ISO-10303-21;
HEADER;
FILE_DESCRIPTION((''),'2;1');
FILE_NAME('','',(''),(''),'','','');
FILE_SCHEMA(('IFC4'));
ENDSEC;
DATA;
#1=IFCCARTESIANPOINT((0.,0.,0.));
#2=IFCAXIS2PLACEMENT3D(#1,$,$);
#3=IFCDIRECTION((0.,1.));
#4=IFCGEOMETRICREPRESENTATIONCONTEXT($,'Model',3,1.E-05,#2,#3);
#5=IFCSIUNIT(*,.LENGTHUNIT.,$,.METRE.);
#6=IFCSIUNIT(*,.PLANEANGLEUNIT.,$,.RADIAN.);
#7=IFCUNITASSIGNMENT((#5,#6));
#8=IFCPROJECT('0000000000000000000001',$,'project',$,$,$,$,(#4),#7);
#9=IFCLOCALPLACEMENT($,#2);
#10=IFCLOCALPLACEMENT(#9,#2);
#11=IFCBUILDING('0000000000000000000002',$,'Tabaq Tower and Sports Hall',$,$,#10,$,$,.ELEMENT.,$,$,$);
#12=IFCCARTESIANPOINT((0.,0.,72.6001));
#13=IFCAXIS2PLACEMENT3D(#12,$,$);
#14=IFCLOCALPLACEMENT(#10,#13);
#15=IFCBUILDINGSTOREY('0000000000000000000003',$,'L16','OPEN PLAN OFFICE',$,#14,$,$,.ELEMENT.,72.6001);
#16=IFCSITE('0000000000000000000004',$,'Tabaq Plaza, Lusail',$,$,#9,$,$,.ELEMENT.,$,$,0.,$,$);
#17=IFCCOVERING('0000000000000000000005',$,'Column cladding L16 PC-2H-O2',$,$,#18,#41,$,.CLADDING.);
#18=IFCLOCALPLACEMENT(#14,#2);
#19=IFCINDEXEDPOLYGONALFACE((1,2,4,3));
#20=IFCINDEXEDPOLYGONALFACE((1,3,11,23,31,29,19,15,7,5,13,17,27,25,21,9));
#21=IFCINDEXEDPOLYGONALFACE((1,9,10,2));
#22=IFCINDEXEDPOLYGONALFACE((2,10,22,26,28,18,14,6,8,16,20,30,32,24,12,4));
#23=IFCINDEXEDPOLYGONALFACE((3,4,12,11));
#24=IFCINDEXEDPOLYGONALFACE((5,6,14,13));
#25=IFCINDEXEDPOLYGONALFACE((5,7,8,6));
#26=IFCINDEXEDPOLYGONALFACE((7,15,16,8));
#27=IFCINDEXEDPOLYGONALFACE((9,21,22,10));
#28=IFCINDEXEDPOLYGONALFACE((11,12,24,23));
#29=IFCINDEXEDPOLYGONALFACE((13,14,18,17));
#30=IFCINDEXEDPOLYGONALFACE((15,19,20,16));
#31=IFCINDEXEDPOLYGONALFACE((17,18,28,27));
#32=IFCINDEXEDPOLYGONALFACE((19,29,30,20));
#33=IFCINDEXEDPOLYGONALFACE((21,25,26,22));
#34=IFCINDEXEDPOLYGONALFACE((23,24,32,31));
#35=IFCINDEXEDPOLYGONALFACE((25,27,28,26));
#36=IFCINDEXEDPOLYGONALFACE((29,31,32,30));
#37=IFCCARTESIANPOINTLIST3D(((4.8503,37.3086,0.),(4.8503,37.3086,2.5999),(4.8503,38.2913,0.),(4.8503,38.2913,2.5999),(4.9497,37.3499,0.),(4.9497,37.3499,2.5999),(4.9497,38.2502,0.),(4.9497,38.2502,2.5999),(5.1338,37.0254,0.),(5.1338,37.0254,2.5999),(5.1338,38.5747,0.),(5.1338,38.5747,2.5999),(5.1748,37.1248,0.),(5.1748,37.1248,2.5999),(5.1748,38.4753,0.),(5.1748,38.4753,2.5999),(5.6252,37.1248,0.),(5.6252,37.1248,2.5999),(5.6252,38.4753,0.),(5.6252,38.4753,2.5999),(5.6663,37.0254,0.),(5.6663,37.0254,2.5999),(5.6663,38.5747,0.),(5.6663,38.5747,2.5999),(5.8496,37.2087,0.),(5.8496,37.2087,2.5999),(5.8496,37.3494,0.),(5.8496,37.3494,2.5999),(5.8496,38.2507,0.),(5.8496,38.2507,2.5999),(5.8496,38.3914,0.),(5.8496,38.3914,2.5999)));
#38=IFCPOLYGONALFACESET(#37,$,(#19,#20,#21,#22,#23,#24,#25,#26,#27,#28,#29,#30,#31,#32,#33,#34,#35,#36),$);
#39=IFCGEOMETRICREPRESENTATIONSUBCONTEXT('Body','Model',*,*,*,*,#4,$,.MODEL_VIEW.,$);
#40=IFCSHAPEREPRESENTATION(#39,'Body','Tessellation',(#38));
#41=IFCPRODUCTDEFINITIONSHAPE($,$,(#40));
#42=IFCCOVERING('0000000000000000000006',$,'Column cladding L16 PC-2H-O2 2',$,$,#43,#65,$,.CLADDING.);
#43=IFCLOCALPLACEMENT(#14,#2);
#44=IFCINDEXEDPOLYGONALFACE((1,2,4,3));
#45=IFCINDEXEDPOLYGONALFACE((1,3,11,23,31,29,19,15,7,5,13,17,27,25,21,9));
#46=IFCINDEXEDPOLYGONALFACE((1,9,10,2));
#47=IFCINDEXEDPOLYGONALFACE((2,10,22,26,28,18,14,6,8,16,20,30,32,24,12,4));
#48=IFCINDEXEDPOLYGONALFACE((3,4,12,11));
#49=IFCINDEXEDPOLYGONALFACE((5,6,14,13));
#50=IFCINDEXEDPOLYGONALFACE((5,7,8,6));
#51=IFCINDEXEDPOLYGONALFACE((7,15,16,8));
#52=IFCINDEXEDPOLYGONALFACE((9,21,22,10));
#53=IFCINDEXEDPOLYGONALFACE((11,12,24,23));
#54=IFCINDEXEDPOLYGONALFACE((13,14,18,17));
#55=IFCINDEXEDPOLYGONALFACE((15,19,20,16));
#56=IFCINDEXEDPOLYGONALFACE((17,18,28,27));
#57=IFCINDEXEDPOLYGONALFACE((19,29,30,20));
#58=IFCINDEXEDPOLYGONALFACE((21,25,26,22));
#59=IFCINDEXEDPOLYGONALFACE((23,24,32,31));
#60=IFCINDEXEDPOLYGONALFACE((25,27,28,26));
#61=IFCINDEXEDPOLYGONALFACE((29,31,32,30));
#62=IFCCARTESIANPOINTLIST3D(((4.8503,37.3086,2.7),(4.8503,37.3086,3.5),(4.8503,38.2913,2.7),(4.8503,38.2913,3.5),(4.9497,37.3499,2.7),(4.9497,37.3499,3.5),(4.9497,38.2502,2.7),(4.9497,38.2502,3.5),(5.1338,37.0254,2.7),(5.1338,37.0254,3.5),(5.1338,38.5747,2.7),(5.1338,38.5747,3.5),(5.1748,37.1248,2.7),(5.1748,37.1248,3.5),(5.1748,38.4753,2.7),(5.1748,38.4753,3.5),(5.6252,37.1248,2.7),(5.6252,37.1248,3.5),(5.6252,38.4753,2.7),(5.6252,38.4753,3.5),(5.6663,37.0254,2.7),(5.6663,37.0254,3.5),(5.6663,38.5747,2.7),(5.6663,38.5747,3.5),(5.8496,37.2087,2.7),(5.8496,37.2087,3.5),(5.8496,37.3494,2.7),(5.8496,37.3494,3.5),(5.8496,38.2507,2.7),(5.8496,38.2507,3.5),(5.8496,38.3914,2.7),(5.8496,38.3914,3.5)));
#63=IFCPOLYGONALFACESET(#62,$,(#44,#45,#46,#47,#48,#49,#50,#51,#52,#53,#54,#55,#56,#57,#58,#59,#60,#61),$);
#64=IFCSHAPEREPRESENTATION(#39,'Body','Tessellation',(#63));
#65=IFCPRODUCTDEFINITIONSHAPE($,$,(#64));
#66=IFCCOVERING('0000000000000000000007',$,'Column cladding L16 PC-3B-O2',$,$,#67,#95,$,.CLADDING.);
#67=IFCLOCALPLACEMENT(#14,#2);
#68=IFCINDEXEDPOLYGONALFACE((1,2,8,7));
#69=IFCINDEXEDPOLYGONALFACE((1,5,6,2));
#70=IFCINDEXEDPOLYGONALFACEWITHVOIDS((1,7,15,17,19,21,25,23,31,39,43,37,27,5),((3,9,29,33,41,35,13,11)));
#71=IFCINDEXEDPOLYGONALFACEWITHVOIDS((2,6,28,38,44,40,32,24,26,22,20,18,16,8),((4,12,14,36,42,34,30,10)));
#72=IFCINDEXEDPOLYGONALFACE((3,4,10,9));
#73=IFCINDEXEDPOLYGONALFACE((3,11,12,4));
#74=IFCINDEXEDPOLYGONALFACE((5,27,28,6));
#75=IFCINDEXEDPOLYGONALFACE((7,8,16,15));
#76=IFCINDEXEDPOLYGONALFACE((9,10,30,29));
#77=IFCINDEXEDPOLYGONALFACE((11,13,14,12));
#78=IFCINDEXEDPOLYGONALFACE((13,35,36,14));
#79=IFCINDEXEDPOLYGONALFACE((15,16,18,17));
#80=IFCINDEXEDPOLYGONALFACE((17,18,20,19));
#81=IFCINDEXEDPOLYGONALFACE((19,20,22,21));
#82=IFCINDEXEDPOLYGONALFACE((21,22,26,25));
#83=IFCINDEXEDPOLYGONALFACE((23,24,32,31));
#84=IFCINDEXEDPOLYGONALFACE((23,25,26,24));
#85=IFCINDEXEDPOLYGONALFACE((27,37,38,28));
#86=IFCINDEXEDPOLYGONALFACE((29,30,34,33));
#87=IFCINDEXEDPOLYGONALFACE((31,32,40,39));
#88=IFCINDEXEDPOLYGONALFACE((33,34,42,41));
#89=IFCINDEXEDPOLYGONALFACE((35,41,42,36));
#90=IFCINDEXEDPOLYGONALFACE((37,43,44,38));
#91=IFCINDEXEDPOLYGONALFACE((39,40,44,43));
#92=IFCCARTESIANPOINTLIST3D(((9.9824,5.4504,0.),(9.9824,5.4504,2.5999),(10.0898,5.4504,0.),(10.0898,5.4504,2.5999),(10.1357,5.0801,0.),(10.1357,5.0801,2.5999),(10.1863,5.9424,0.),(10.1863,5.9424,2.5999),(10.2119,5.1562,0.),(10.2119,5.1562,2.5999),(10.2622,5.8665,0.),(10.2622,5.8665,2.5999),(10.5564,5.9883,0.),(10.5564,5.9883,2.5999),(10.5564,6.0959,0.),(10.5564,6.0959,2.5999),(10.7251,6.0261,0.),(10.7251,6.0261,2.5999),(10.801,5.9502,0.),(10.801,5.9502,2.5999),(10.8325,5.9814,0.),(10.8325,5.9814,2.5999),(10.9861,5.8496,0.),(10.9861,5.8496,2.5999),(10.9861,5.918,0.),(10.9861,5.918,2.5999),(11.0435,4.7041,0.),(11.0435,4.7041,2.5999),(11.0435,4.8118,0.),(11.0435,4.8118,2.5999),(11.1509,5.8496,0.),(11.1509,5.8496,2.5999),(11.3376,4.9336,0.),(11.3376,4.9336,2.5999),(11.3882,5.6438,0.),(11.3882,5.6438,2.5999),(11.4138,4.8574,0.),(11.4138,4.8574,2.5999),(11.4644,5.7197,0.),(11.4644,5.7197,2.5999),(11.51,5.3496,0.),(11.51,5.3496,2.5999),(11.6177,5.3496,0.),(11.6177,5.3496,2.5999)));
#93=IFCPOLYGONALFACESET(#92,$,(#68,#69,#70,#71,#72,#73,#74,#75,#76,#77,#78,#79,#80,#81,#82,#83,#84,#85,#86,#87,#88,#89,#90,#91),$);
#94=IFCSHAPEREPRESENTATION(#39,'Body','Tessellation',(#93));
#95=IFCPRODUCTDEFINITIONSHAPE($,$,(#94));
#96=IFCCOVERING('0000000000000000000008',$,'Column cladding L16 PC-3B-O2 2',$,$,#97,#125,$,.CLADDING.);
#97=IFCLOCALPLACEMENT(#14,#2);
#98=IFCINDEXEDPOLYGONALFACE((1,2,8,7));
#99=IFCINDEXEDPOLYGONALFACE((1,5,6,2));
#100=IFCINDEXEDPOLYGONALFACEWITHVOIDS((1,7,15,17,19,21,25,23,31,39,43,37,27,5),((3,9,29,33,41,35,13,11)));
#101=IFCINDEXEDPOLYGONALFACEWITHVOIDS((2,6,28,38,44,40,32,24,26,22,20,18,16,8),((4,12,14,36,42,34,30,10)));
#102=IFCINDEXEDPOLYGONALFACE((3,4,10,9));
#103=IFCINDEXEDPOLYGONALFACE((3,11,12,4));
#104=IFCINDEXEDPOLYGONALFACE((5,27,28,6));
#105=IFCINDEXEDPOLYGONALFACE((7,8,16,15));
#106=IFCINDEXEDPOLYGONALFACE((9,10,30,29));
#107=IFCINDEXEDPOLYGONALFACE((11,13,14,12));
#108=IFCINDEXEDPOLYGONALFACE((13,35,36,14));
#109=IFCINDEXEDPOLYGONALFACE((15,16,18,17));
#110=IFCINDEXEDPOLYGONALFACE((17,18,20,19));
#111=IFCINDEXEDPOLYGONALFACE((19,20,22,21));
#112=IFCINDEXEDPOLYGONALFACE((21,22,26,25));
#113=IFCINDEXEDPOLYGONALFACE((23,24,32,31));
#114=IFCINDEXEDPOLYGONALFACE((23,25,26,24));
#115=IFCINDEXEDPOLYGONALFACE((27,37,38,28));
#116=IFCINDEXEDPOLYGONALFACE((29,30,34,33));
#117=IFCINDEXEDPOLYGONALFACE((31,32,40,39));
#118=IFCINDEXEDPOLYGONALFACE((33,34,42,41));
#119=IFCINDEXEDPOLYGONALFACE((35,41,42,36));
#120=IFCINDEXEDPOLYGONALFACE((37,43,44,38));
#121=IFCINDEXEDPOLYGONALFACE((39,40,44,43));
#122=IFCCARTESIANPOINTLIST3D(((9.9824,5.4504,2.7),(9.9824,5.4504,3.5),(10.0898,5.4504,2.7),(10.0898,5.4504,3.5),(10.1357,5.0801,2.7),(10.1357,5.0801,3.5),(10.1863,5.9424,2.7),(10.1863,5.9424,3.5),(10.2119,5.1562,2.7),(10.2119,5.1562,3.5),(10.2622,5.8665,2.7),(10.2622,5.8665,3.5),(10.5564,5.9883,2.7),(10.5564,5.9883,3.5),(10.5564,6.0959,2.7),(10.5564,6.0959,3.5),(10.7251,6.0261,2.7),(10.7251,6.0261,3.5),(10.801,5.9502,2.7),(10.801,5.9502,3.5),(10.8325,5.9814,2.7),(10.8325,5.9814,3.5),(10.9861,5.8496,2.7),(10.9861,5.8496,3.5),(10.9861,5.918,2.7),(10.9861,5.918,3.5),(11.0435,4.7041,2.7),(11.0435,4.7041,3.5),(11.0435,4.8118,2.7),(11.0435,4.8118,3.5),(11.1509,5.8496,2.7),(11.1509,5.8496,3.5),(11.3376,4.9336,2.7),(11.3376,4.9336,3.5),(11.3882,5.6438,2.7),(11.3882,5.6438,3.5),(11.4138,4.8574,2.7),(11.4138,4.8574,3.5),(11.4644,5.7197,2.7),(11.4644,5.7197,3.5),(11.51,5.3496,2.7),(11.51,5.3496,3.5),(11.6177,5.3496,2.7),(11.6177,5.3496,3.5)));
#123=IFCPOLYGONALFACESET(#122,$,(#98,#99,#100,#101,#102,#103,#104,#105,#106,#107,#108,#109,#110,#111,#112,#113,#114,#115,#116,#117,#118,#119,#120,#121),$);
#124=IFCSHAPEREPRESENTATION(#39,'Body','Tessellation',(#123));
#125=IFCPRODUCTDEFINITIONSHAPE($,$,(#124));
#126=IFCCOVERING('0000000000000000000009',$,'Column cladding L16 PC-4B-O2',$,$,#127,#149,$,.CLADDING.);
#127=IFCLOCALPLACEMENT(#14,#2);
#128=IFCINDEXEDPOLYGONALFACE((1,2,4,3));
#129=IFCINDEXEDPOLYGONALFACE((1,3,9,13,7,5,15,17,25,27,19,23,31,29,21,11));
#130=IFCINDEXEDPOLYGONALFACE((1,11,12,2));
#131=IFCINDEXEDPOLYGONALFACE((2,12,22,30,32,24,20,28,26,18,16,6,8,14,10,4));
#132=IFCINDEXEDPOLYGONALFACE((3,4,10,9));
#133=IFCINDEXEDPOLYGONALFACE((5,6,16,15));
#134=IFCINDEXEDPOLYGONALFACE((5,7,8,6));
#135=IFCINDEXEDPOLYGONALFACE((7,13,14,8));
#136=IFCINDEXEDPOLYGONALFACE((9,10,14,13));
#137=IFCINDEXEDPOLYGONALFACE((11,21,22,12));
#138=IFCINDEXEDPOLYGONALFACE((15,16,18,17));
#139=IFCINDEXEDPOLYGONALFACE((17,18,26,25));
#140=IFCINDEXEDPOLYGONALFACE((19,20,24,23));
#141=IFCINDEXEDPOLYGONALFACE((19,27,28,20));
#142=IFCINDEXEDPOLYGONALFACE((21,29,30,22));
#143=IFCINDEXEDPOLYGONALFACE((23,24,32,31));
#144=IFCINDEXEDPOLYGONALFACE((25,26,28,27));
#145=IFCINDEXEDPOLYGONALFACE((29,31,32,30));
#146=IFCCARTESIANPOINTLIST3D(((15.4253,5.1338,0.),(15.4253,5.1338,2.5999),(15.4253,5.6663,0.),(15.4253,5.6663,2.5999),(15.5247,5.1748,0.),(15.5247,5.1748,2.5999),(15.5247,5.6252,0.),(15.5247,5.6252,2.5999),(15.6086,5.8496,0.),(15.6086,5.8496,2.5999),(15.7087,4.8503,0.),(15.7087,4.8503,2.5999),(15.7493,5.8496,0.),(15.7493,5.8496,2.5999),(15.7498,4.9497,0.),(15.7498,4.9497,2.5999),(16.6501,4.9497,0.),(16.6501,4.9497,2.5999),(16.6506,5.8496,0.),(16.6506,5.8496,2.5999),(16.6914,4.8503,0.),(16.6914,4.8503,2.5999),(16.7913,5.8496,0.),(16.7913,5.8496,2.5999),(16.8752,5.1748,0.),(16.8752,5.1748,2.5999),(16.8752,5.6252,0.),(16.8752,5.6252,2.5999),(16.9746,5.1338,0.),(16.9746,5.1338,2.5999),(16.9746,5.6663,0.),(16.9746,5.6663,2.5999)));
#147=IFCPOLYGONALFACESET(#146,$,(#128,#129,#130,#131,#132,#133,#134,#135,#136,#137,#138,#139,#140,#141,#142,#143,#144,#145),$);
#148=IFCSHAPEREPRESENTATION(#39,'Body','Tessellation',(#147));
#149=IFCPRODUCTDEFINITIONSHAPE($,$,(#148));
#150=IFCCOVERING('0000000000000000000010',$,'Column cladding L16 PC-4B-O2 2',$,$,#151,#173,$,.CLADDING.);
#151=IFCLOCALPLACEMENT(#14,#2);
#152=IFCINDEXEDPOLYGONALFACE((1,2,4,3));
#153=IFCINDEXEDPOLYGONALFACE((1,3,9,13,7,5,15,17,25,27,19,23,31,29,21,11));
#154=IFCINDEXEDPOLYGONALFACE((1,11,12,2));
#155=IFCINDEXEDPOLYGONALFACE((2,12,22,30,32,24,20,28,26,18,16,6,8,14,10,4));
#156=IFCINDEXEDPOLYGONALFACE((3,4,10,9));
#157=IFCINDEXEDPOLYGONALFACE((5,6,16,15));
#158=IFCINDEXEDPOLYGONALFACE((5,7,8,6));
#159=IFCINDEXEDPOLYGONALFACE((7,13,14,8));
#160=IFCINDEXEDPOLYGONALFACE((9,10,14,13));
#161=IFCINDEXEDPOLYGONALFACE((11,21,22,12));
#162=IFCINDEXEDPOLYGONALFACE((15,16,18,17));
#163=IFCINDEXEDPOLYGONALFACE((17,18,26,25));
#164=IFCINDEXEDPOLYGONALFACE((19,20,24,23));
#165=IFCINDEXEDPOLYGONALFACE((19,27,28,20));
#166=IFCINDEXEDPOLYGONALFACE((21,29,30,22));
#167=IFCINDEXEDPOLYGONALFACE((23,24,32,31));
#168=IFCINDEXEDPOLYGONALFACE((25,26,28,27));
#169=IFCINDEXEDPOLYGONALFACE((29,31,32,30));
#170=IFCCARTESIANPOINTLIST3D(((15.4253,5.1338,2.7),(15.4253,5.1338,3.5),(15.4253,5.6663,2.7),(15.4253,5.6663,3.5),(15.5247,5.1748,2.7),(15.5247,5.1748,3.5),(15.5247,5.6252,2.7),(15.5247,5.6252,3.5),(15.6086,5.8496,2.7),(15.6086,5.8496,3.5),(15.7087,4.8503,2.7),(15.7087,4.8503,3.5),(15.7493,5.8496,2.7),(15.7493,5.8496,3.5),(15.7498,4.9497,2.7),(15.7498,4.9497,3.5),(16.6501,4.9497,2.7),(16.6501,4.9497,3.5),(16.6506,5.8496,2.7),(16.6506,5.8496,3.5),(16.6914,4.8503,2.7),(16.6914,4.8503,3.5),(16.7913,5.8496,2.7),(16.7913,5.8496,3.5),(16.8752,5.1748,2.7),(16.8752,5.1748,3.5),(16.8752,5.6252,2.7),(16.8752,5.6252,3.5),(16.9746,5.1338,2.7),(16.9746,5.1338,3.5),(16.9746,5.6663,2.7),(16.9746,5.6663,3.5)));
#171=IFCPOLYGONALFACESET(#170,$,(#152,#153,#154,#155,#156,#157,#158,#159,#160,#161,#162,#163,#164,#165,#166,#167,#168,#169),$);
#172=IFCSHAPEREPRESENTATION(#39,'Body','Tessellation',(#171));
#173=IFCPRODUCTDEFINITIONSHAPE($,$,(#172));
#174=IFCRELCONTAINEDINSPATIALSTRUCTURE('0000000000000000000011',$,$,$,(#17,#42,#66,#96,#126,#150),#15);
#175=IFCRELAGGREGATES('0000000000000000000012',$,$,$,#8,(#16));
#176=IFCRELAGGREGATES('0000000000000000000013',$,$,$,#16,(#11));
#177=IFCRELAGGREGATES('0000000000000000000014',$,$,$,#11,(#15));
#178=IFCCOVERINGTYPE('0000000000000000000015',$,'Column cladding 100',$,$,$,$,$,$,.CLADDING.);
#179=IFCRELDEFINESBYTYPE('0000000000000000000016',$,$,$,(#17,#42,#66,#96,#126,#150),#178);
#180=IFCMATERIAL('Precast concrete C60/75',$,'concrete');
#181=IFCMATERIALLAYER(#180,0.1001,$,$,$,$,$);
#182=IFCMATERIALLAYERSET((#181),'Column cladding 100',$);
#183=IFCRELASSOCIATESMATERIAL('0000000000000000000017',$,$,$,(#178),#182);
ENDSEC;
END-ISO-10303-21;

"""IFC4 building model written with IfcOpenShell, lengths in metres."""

from ifc_helpers import new_model, si_unit, direction, frame, origin, place, context, subcontext, project, spatial, polyline, outline, extrude, material, layer, layer_set, type_object, element, save


model = new_model("IFC4")

# Units and contexts
model_context = context("Model", 3, precision=1e-05, world=origin(), true_north=direction((0.0, 1.0)))
body_context = subcontext(model_context, "Body", "Model", "MODEL_VIEW")
ifc_project = project(units=[si_unit("LENGTHUNIT", "METRE"), si_unit("PLANEANGLEUNIT", "RADIAN")], contexts=[model_context])

# Site, building, storey
site_placement = place(None, origin())
site = spatial("IfcSite", under=ifc_project, at=site_placement, Name="Tabaq Plaza, Lusail", CompositionType="ELEMENT", RefElevation=0.0)
building_placement = place(site_placement, origin())
building = spatial("IfcBuilding", under=site, at=building_placement, Name="Tabaq Tower and Sports Hall", CompositionType="ELEMENT")
storey_placement = place(building_placement, frame((0.0, 0.0, 72.6001)))
storey = spatial("IfcBuildingStorey", under=building, at=storey_placement, Name="L16", Description="OPEN PLAN OFFICE", CompositionType="ELEMENT", Elevation=72.6001)

# Coverings
ifc_material_1 = material(Name="Precast concrete C60/75", Category="concrete")
ifc_layer_1 = layer(ifc_material_1, 0.1001)
ifc_layer_set_1 = layer_set([ifc_layer_1], Name="Column cladding 100")
covering_type = type_object("IfcCoveringType", Name="Column cladding 100", PredefinedType="CLADDING", material=ifc_layer_set_1)
covering_1_placement = place(storey_placement, origin())
element("IfcCovering", 1, at=covering_1_placement, inside=storey, type_object=covering_type, Name="Column cladding L16 PC-2H-O2", PredefinedType="CLADDING", context=body_context, shape_type="SweptSolid", body=[
    extrude(outline(polyline([(5.1338, 37.0254), (4.8503, 37.3086), (4.8503, 38.2913), (5.1338, 38.5747), (5.6663, 38.5747), (5.8496, 38.3914), (5.8496, 38.2507), (5.6252, 38.4753), (5.1748, 38.4753), (4.9497, 38.2502), (4.9497, 37.3499), (5.1748, 37.1248), (5.6252, 37.1248), (5.8496, 37.3494), (5.8496, 37.2087), (5.6663, 37.0254), (5.1338, 37.0254)])), origin(), (0.0, 0.0, 1.0), 2.5999),
])
covering_2_placement = place(storey_placement, frame((0.0, 0.0, 2.7)))
element("IfcCovering", 2, at=covering_2_placement, inside=storey, type_object=covering_type, Name="Column cladding L16 PC-2H-O2 2", PredefinedType="CLADDING", context=body_context, shape_type="SweptSolid", body=[
    extrude(outline(polyline([(5.1338, 37.0254), (4.8503, 37.3086), (4.8503, 38.2913), (5.1338, 38.5747), (5.6663, 38.5747), (5.8496, 38.3914), (5.8496, 38.2507), (5.6252, 38.4753), (5.1748, 38.4753), (4.9497, 38.2502), (4.9497, 37.3499), (5.1748, 37.1248), (5.6252, 37.1248), (5.8496, 37.3494), (5.8496, 37.2087), (5.6663, 37.0254), (5.1338, 37.0254)])), origin(), (0.0, 0.0, 1.0), 0.8),
])
covering_3_placement = place(storey_placement, origin())
element("IfcCovering", 3, at=covering_3_placement, inside=storey, type_object=covering_type, Name="Column cladding L16 PC-3B-O2", PredefinedType="CLADDING", context=body_context, shape_type="SweptSolid", body=[
    extrude(outline(polyline([(11.4138, 4.8574), (11.0435, 4.7041), (10.1357, 5.0801), (9.9824, 5.4504), (10.1863, 5.9424), (10.5564, 6.0959), (10.7251, 6.0261), (10.801, 5.9502), (10.8325, 5.9814), (10.9861, 5.918), (10.9861, 5.8496), (11.1509, 5.8496), (11.4644, 5.7197), (11.6177, 5.3496), (11.4138, 4.8574)]), holes=[polyline([(10.2622, 5.8665), (10.0898, 5.4504), (10.2119, 5.1562), (11.0435, 4.8118), (11.3376, 4.9336), (11.51, 5.3496), (11.3882, 5.6438), (10.5564, 5.9883), (10.2622, 5.8665)])]), origin(), (0.0, 0.0, 1.0), 2.5999),
])
covering_4_placement = place(storey_placement, frame((0.0, 0.0, 2.7)))
element("IfcCovering", 4, at=covering_4_placement, inside=storey, type_object=covering_type, Name="Column cladding L16 PC-3B-O2 2", PredefinedType="CLADDING", context=body_context, shape_type="SweptSolid", body=[
    extrude(outline(polyline([(11.4138, 4.8574), (11.0435, 4.7041), (10.1357, 5.0801), (9.9824, 5.4504), (10.1863, 5.9424), (10.5564, 6.0959), (10.7251, 6.0261), (10.801, 5.9502), (10.8325, 5.9814), (10.9861, 5.918), (10.9861, 5.8496), (11.1509, 5.8496), (11.4644, 5.7197), (11.6177, 5.3496), (11.4138, 4.8574)]), holes=[polyline([(10.2622, 5.8665), (10.0898, 5.4504), (10.2119, 5.1562), (11.0435, 4.8118), (11.3376, 4.9336), (11.51, 5.3496), (11.3882, 5.6438), (10.5564, 5.9883), (10.2622, 5.8665)])]), origin(), (0.0, 0.0, 1.0), 0.8),
])
covering_5_placement = place(storey_placement, origin())
element("IfcCovering", 5, at=covering_5_placement, inside=storey, type_object=covering_type, Name="Column cladding L16 PC-4B-O2", PredefinedType="CLADDING", context=body_context, shape_type="SweptSolid", body=[
    extrude(outline(polyline([(15.4253, 5.6663), (15.6086, 5.8496), (15.7493, 5.8496), (15.5247, 5.6252), (15.5247, 5.1748), (15.7498, 4.9497), (16.6501, 4.9497), (16.8752, 5.1748), (16.8752, 5.6252), (16.6506, 5.8496), (16.7913, 5.8496), (16.9746, 5.6663), (16.9746, 5.1338), (16.6914, 4.8503), (15.7087, 4.8503), (15.4253, 5.1338), (15.4253, 5.6663)])), origin(), (0.0, 0.0, 1.0), 2.5999),
])
covering_6_placement = place(storey_placement, frame((0.0, 0.0, 2.7)))
element("IfcCovering", 6, at=covering_6_placement, inside=storey, type_object=covering_type, Name="Column cladding L16 PC-4B-O2 2", PredefinedType="CLADDING", context=body_context, shape_type="SweptSolid", body=[
    extrude(outline(polyline([(15.4253, 5.6663), (15.6086, 5.8496), (15.7493, 5.8496), (15.5247, 5.6252), (15.5247, 5.1748), (15.7498, 4.9497), (16.6501, 4.9497), (16.8752, 5.1748), (16.8752, 5.6252), (16.6506, 5.8496), (16.7913, 5.8496), (16.9746, 5.6663), (16.9746, 5.1338), (16.6914, 4.8503), (15.7087, 4.8503), (15.4253, 5.1338), (15.4253, 5.6663)])), origin(), (0.0, 0.0, 1.0), 0.8),
])

save(model, "model.ifc")
